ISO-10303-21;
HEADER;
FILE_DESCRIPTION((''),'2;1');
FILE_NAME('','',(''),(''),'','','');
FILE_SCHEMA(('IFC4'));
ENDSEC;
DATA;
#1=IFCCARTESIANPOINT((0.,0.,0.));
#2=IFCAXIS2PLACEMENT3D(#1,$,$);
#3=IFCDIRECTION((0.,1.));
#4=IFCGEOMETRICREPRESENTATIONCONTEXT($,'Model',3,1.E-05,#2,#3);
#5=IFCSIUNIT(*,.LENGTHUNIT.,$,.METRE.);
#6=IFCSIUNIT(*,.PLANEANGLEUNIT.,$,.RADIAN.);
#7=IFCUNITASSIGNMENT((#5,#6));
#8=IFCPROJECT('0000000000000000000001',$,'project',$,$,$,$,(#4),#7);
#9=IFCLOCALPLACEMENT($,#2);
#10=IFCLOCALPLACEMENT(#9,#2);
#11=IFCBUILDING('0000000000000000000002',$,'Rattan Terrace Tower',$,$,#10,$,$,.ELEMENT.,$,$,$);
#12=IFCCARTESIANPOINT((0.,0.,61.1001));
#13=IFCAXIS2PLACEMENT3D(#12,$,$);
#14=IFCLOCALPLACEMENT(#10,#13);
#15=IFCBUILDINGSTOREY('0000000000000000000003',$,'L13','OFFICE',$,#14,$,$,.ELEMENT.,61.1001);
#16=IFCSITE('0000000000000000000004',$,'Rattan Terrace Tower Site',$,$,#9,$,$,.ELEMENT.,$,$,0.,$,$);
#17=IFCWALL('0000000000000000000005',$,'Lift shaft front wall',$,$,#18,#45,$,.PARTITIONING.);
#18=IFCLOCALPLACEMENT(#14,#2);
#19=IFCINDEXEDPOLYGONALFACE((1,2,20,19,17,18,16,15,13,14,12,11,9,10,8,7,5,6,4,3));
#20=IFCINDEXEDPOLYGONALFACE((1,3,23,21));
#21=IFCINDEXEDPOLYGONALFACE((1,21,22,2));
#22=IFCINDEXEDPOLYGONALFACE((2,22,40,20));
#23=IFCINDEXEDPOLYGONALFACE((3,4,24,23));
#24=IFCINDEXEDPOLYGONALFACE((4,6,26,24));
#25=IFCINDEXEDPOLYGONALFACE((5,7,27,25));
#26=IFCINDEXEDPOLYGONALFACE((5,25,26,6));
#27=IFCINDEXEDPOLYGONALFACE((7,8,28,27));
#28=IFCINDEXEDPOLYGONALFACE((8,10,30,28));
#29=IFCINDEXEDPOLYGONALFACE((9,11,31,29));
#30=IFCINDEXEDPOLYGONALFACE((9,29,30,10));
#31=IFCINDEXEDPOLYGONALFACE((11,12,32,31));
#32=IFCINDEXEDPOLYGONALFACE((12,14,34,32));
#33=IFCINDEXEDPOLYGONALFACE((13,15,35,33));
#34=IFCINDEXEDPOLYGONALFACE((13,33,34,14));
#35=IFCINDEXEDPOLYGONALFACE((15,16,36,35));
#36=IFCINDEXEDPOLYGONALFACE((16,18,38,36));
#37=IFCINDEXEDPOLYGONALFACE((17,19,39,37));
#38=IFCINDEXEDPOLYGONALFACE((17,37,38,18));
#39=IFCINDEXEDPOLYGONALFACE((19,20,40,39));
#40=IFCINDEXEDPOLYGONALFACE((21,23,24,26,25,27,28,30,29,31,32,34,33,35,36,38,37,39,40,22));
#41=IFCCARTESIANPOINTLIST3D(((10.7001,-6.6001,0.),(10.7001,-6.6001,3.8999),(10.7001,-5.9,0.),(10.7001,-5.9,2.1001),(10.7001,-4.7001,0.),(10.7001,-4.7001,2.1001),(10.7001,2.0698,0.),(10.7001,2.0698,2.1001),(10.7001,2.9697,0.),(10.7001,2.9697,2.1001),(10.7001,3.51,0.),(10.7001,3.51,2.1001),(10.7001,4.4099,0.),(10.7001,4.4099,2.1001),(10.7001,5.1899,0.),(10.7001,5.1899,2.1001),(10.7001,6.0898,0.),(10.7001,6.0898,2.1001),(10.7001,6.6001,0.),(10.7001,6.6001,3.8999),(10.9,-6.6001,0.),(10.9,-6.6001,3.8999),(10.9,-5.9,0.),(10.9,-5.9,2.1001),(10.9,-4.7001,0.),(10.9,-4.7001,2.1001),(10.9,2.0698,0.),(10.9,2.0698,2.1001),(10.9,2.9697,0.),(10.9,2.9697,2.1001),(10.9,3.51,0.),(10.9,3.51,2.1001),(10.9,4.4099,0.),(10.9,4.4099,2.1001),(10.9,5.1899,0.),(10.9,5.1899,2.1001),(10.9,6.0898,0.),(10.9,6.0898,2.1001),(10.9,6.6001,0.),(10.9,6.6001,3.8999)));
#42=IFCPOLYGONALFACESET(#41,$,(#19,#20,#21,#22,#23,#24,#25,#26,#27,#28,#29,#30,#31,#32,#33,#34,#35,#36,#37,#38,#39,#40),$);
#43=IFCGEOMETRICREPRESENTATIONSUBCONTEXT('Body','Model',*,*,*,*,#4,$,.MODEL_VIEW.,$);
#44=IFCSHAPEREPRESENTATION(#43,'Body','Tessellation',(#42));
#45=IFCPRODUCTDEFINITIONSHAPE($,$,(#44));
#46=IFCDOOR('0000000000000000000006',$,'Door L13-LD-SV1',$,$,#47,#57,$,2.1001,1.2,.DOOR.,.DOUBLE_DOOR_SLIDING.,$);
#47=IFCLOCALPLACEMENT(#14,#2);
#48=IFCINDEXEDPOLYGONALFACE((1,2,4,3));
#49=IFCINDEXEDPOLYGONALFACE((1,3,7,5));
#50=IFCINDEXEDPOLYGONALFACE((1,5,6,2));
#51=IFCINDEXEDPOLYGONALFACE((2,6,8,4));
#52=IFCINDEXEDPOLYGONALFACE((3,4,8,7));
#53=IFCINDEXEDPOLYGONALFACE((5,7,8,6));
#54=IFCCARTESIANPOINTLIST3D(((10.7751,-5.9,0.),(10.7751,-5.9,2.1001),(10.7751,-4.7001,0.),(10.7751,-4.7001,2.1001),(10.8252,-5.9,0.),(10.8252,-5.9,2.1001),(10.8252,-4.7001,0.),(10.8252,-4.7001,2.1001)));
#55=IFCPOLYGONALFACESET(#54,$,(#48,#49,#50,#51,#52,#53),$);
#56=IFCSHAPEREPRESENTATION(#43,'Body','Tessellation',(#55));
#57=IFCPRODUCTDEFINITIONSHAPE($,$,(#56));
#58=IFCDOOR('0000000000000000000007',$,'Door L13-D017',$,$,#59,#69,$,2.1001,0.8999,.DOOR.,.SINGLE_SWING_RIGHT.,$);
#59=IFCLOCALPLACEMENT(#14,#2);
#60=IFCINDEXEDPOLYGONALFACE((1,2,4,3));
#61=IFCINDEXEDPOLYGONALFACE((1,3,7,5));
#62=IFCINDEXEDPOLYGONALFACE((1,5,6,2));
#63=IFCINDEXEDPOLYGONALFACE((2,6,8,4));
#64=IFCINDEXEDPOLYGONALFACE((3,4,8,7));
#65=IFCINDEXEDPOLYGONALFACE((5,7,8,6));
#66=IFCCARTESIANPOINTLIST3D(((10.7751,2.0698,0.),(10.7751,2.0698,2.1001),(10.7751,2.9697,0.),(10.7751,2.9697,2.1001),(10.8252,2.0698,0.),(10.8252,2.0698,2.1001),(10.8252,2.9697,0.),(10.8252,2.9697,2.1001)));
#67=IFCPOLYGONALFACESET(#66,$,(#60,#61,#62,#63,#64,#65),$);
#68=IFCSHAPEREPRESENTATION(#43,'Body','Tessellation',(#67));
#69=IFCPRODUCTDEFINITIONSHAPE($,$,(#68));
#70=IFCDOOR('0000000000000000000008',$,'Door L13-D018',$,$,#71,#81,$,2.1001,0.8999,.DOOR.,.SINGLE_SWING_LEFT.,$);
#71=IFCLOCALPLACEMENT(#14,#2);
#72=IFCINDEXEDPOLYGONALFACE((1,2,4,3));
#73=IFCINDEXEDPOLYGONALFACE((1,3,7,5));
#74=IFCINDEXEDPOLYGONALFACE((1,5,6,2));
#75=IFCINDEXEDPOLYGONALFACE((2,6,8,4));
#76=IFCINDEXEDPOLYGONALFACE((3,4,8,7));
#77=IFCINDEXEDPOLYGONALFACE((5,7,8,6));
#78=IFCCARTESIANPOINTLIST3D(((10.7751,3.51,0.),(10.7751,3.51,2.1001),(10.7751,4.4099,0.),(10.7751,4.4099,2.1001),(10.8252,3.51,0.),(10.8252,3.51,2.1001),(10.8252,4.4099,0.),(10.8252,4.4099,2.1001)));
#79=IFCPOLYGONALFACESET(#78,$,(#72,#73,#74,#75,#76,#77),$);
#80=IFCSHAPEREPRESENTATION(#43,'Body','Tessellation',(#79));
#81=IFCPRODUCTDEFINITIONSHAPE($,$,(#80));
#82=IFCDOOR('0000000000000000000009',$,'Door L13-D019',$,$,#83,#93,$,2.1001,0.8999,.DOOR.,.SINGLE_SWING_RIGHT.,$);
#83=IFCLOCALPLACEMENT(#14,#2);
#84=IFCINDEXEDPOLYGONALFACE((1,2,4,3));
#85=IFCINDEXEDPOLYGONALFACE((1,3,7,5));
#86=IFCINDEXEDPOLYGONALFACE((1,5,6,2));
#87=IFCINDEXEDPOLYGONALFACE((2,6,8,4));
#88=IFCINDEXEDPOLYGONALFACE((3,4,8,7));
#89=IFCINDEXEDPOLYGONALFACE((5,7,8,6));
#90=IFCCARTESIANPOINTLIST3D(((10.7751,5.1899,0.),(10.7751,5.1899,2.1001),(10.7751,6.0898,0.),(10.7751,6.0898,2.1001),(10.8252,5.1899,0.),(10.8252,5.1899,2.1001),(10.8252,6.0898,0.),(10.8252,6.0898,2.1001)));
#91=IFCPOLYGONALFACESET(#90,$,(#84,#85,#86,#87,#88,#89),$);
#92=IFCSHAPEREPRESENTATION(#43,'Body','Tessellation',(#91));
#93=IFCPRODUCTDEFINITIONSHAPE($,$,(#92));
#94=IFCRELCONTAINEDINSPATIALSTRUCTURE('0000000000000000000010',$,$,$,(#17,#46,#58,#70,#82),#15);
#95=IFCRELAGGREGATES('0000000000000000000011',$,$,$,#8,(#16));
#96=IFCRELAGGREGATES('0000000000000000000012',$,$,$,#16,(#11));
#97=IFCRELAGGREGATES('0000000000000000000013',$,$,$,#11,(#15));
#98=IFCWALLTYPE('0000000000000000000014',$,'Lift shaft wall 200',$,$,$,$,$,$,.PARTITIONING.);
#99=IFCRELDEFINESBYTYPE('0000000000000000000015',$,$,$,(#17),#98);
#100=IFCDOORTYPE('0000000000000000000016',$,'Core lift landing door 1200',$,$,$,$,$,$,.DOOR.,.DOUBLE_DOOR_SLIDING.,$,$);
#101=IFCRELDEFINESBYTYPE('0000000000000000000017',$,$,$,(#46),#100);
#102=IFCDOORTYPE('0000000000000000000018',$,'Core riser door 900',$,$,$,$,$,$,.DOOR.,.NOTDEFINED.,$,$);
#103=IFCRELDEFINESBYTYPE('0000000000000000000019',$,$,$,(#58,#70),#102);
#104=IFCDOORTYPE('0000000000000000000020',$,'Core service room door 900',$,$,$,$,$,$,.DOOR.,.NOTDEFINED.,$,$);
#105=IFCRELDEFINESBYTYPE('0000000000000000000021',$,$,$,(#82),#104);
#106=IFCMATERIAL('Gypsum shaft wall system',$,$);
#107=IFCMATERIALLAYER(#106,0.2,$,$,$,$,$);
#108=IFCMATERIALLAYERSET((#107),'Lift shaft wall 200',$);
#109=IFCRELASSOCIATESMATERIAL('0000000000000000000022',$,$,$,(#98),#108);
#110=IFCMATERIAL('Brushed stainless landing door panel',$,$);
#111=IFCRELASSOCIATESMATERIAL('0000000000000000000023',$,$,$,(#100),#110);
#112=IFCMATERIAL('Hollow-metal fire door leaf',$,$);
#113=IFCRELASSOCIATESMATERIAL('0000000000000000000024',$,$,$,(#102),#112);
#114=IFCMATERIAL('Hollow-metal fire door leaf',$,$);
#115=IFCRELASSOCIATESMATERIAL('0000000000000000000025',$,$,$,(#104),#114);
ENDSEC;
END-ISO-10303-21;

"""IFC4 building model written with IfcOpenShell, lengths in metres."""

from ifc_helpers import new_model, si_unit, direction, frame, frame_2d, origin, place, context, subcontext, project, spatial, rectangle, extrude, material, layer, layer_set, type_object, element, fill, save


model = new_model("IFC4")

# Units and contexts
model_context = context("Model", 3, precision=1e-05, world=origin(), true_north=direction((0.0, 1.0)))
body_context = subcontext(model_context, "Body", "Model", "MODEL_VIEW")
ifc_project = project(units=[si_unit("LENGTHUNIT", "METRE"), si_unit("PLANEANGLEUNIT", "RADIAN")], contexts=[model_context])

# Site, building, storey
site_placement = place(None, origin())
site = spatial("IfcSite", under=ifc_project, at=site_placement, Name="Rattan Terrace Tower Site", CompositionType="ELEMENT", RefElevation=0.0)
building_placement = place(site_placement, origin())
building = spatial("IfcBuilding", under=site, at=building_placement, Name="Rattan Terrace Tower", CompositionType="ELEMENT")
storey_placement = place(building_placement, frame((0.0, 0.0, 61.1001)))
storey = spatial("IfcBuildingStorey", under=building, at=storey_placement, Name="L13", Description="OFFICE", CompositionType="ELEMENT", Elevation=61.1001)

# Wall, openings, doors
ifc_material_1 = material(Name="Gypsum shaft wall system")
ifc_layer_1 = layer(ifc_material_1, 0.2)
ifc_layer_set_1 = layer_set([ifc_layer_1], Name="Lift shaft wall 200")
wall_type_1 = type_object("IfcWallType", Name="Lift shaft wall 200", PredefinedType="PARTITIONING", material=ifc_layer_set_1)
wall_1_placement = place(storey_placement, frame((10.8, -6.6001, 0.0), z_axis=(0.0, 0.0, 1.0), x_axis=(0.0, 1.0, 0.0)))
wall_1 = element("IfcWall", 1, at=wall_1_placement, inside=storey, type_object=wall_type_1, Name="Lift shaft front wall", PredefinedType="PARTITIONING", context=body_context, shape_type="SweptSolid", body=[
    extrude(rectangle(XDim=13.2002, YDim=0.2, at=frame_2d((6.6001, 0.0))), origin(), (0.0, 0.0, 1.0), 3.8999),
])
opening_1_placement = place(wall_1_placement, frame((0.7, 0.0, 0.0)))
opening_1 = element("IfcOpeningElement", 2, at=opening_1_placement, cuts=wall_1, PredefinedType="OPENING", context=body_context, shape_type="SweptSolid", body=[
    extrude(rectangle(XDim=1.2, YDim=2.1001, at=frame_2d((0.6001, 1.05))), frame((0.0, 0.1106, 0.0), z_axis=(0.0, -1.0, 0.0), x_axis=(1.0, 0.0, 0.0)), (0.0, 0.0, 1.0), 0.2209),
])
opening_2_placement = place(wall_1_placement, frame((8.6699, 0.0, 0.0)))
opening_2 = element("IfcOpeningElement", 3, at=opening_2_placement, cuts=wall_1, PredefinedType="OPENING", context=body_context, shape_type="SweptSolid", body=[
    extrude(rectangle(XDim=0.8999, YDim=2.1001, at=frame_2d((0.45, 1.05))), frame((0.0, 0.1106, 0.0), z_axis=(0.0, -1.0, 0.0), x_axis=(1.0, 0.0, 0.0)), (0.0, 0.0, 1.0), 0.2209),
])
opening_3_placement = place(wall_1_placement, frame((10.1101, 0.0, 0.0)))
opening_3 = element("IfcOpeningElement", 4, at=opening_3_placement, cuts=wall_1, PredefinedType="OPENING", context=body_context, shape_type="SweptSolid", body=[
    extrude(rectangle(XDim=0.8999, YDim=2.1001, at=frame_2d((0.45, 1.05))), frame((0.0, 0.1106, 0.0), z_axis=(0.0, -1.0, 0.0), x_axis=(1.0, 0.0, 0.0)), (0.0, 0.0, 1.0), 0.2209),
])
opening_4_placement = place(wall_1_placement, frame((11.79, 0.0, 0.0)))
opening_4 = element("IfcOpeningElement", 5, at=opening_4_placement, cuts=wall_1, PredefinedType="OPENING", context=body_context, shape_type="SweptSolid", body=[
    extrude(rectangle(XDim=0.8999, YDim=2.1001, at=frame_2d((0.45, 1.05))), frame((0.0, 0.1106, 0.0), z_axis=(0.0, -1.0, 0.0), x_axis=(1.0, 0.0, 0.0)), (0.0, 0.0, 1.0), 0.2209),
])
ifc_material_2 = material(Name="Brushed stainless landing door panel")
door_type_1 = type_object("IfcDoorType", Name="Core lift landing door 1200", OperationType="DOUBLE_DOOR_SLIDING", PredefinedType="DOOR", material=ifc_material_2)
door_1_placement = place(opening_1_placement, origin())
door_1 = element("IfcDoor", 6, at=door_1_placement, inside=storey, type_object=door_type_1, Name="Door L13-LD-SV1", OperationType="DOUBLE_DOOR_SLIDING", OverallHeight=2.1001, OverallWidth=1.2, PredefinedType="DOOR", context=body_context, shape_type="SweptSolid", body=[
    extrude(rectangle(XDim=1.2, YDim=2.1001, at=frame_2d((0.6001, 1.05))), frame((0.0, 0.0249, 0.0), z_axis=(0.0, -1.0, 0.0), x_axis=(1.0, 0.0, 0.0)), (0.0, 0.0, 1.0), 0.05),
])
fill(opening_1, door_1)
ifc_material_3 = material(Name="Hollow-metal fire door leaf")
door_type_2 = type_object("IfcDoorType", Name="Core riser door 900", OperationType="NOTDEFINED", PredefinedType="DOOR", material=ifc_material_3)
door_2_placement = place(opening_2_placement, origin())
door_2 = element("IfcDoor", 7, at=door_2_placement, inside=storey, type_object=door_type_2, Name="Door L13-D017", OperationType="SINGLE_SWING_RIGHT", OverallHeight=2.1001, OverallWidth=0.8999, PredefinedType="DOOR", context=body_context, shape_type="SweptSolid", body=[
    extrude(rectangle(XDim=0.8999, YDim=2.1001, at=frame_2d((0.45, 1.05))), frame((0.0, 0.0249, 0.0), z_axis=(0.0, -1.0, 0.0), x_axis=(1.0, 0.0, 0.0)), (0.0, 0.0, 1.0), 0.05),
])
fill(opening_2, door_2)
door_3_placement = place(opening_3_placement, origin())
door_3 = element("IfcDoor", 8, at=door_3_placement, inside=storey, type_object=door_type_2, Name="Door L13-D018", OperationType="SINGLE_SWING_LEFT", OverallHeight=2.1001, OverallWidth=0.8999, PredefinedType="DOOR", context=body_context, shape_type="SweptSolid", body=[
    extrude(rectangle(XDim=0.8999, YDim=2.1001, at=frame_2d((0.45, 1.05))), frame((0.0, 0.0249, 0.0), z_axis=(0.0, -1.0, 0.0), x_axis=(1.0, 0.0, 0.0)), (0.0, 0.0, 1.0), 0.05),
])
fill(opening_3, door_3)
ifc_material_4 = material(Name="Hollow-metal fire door leaf")
door_type_3 = type_object("IfcDoorType", Name="Core service room door 900", OperationType="NOTDEFINED", PredefinedType="DOOR", material=ifc_material_4)
door_4_placement = place(opening_4_placement, origin())
door_4 = element("IfcDoor", 9, at=door_4_placement, inside=storey, type_object=door_type_3, Name="Door L13-D019", OperationType="SINGLE_SWING_RIGHT", OverallHeight=2.1001, OverallWidth=0.8999, PredefinedType="DOOR", context=body_context, shape_type="SweptSolid", body=[
    extrude(rectangle(XDim=0.8999, YDim=2.1001, at=frame_2d((0.45, 1.05))), frame((0.0, 0.0249, 0.0), z_axis=(0.0, -1.0, 0.0), x_axis=(1.0, 0.0, 0.0)), (0.0, 0.0, 1.0), 0.05),
])
fill(opening_4, door_4)

save(model, "model.ifc")
